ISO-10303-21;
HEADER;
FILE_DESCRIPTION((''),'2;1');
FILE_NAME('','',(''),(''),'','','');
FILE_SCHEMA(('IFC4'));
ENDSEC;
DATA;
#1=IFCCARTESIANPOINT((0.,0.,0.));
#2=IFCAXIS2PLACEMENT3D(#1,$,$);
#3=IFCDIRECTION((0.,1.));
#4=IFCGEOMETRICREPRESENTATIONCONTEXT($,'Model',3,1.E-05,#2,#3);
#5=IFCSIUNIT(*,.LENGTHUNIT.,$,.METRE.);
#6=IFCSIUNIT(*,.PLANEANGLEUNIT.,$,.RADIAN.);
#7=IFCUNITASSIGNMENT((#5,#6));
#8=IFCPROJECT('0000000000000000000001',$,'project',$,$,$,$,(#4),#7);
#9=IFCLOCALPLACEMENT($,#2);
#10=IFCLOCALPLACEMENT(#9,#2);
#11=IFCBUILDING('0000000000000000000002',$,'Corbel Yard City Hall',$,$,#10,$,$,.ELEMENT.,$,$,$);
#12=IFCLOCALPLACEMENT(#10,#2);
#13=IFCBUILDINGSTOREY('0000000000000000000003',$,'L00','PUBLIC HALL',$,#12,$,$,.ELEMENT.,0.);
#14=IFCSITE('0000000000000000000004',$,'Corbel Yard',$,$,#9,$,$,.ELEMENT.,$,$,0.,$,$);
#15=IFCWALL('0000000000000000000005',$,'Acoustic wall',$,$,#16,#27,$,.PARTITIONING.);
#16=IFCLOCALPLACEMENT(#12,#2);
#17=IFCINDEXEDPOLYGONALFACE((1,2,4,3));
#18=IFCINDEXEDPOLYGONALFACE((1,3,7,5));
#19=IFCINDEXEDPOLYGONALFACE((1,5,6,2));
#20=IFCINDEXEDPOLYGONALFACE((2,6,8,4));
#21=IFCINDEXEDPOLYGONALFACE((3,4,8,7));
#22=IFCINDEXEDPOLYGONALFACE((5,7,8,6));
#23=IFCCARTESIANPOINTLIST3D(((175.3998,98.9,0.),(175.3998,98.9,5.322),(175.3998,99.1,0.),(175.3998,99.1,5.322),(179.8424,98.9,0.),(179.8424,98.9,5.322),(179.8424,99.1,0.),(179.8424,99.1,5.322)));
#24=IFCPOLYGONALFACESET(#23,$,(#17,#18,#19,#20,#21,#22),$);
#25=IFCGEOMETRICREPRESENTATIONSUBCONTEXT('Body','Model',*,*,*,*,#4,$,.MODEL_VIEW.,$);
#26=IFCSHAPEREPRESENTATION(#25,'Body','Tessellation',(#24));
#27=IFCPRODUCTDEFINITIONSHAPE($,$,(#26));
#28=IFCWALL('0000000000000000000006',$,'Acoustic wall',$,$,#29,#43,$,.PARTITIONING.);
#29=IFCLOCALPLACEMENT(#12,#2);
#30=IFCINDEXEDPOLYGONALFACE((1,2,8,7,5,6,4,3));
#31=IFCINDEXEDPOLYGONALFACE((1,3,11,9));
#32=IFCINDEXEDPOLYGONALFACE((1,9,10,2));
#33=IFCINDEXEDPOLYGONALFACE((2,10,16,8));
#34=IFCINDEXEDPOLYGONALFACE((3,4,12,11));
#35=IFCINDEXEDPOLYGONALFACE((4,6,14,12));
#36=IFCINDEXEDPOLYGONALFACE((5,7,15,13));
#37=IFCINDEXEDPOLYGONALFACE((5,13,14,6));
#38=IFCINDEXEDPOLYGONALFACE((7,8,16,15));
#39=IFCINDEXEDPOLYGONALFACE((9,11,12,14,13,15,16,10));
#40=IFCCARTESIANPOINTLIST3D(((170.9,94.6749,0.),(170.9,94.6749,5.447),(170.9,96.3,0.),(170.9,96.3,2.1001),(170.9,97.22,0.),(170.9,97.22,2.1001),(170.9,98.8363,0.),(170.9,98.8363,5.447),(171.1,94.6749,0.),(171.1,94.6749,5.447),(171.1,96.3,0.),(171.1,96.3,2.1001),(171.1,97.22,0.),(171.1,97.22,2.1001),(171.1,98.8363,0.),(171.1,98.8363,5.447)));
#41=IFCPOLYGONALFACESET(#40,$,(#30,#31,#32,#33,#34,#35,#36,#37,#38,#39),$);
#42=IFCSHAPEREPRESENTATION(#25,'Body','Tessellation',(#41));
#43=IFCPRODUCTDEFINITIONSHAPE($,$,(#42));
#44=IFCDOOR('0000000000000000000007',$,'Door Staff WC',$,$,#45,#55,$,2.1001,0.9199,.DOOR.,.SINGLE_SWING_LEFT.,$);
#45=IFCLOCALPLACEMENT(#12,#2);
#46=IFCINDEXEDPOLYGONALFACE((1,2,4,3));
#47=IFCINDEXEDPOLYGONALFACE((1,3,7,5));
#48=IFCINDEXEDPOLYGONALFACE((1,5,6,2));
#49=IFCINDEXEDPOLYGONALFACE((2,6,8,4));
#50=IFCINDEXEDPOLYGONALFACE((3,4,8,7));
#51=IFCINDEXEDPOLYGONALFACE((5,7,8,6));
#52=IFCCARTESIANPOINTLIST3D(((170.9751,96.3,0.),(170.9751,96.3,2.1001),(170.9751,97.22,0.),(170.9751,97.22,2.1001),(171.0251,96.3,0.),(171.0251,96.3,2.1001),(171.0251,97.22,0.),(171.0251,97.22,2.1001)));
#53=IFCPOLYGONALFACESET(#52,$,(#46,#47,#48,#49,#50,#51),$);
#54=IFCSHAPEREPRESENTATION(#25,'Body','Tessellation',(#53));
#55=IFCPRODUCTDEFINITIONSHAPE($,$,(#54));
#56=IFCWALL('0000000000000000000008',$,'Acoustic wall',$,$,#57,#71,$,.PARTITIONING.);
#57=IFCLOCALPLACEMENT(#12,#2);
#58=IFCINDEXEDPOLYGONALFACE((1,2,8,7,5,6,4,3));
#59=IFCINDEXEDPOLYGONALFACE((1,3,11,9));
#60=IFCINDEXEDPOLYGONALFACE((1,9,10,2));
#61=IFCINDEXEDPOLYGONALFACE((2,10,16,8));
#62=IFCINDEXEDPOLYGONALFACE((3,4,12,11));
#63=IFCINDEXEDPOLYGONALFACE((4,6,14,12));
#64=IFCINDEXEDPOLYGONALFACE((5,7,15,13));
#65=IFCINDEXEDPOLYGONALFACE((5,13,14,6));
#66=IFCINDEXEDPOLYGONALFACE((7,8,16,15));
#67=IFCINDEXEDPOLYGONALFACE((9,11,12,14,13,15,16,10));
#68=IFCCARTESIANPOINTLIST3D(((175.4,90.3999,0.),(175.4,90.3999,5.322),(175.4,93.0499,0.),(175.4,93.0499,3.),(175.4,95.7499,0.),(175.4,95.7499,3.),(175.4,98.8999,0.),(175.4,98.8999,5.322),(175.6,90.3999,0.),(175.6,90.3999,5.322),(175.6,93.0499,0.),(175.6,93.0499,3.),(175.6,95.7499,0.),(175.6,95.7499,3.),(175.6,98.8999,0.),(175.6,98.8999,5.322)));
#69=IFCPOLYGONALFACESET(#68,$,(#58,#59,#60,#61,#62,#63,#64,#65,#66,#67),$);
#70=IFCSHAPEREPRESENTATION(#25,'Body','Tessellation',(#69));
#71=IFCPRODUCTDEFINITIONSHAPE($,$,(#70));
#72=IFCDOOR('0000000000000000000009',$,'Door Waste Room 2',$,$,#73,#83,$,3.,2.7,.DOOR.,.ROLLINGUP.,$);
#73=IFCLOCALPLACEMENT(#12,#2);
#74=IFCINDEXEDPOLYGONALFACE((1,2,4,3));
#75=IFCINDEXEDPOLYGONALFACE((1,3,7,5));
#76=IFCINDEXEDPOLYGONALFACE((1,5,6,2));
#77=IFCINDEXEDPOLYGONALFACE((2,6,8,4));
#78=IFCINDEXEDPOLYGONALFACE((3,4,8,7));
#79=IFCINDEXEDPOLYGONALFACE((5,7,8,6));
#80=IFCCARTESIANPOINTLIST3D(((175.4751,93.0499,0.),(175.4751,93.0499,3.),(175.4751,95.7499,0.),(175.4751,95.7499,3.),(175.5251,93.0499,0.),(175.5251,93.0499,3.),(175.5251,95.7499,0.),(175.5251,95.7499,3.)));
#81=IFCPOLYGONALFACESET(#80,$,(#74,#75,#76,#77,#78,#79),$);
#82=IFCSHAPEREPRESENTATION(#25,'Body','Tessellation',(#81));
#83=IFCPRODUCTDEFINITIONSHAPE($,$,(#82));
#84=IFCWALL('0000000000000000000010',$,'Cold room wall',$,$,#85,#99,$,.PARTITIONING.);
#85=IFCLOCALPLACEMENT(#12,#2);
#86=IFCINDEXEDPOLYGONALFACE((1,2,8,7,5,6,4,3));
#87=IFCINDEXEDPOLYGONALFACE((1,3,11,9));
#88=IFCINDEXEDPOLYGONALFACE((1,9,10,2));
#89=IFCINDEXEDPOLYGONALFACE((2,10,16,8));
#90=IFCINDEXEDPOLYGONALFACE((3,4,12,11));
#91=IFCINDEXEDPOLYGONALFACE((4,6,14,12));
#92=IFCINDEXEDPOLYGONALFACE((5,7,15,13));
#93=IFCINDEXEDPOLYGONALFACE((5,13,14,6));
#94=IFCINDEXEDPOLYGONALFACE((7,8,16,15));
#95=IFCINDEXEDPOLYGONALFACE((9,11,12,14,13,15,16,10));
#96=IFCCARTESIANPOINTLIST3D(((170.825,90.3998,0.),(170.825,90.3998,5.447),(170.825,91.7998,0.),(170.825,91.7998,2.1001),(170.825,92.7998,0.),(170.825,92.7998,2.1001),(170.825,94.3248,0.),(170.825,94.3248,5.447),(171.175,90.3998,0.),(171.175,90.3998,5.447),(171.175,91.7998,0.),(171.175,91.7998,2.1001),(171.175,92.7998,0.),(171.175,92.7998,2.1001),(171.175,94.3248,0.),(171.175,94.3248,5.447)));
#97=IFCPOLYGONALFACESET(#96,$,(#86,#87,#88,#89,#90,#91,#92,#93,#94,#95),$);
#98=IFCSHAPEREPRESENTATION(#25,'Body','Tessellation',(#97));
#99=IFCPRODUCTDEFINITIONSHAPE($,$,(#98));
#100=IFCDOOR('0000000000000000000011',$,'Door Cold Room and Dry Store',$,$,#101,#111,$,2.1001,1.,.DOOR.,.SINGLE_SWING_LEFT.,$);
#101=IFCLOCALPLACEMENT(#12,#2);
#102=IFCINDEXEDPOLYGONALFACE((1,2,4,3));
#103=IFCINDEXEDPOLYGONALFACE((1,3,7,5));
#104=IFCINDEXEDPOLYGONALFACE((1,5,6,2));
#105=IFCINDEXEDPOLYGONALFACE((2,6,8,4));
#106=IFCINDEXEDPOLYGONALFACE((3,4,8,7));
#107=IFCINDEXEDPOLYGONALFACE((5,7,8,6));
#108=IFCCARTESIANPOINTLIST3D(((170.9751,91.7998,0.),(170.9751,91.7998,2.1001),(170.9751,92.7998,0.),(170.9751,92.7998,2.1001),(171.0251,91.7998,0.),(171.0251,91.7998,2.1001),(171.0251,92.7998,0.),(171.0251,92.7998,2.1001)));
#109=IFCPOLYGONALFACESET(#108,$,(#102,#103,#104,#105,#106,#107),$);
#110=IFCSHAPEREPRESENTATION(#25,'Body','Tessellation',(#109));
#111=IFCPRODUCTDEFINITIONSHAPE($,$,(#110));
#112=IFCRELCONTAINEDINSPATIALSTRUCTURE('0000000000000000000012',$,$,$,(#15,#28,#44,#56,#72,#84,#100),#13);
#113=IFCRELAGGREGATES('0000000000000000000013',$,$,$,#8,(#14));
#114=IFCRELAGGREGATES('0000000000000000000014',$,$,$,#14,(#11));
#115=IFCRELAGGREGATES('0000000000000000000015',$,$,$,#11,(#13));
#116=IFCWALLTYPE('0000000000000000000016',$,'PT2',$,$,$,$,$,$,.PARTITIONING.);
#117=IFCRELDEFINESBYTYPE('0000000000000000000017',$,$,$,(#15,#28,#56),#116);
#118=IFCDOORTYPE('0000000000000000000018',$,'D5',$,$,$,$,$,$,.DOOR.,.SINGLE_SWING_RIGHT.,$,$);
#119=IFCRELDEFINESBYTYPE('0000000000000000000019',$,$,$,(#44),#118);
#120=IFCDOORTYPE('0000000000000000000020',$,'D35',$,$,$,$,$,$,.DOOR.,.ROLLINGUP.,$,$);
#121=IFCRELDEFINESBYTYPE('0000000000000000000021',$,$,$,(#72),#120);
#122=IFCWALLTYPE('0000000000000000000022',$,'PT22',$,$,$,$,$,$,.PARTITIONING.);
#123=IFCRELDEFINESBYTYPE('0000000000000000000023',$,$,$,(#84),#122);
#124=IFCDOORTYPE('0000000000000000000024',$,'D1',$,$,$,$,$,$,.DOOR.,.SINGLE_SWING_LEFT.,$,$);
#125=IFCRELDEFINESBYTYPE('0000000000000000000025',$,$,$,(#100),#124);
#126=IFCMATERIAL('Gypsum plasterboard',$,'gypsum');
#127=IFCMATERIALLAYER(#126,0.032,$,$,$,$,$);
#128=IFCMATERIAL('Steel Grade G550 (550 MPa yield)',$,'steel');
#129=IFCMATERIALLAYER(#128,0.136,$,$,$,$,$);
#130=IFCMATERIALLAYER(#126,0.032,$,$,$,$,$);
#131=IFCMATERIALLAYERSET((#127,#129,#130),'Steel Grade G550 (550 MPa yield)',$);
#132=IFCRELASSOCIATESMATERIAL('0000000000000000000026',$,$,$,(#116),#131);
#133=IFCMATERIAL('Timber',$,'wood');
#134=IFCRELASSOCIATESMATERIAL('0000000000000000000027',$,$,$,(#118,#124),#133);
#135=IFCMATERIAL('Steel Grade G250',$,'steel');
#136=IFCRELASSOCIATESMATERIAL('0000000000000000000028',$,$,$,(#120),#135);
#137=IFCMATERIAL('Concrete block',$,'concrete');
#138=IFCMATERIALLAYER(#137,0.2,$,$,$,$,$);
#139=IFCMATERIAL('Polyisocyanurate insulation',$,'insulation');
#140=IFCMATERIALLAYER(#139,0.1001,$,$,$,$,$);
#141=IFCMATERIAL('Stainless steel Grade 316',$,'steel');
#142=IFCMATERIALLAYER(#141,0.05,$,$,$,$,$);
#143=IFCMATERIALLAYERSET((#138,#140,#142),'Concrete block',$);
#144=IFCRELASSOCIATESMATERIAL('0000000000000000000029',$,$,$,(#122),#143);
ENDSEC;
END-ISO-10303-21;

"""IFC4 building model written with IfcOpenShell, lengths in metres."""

from ifc_helpers import new_model, si_unit, direction, frame, frame_2d, origin, place, context, subcontext, project, spatial, rectangle, extrude, material, layer, layer_set, type_object, element, fill, save


model = new_model("IFC4")

# Units and contexts
model_context = context("Model", 3, precision=1e-05, world=origin(), true_north=direction((0.0, 1.0)))
body_context = subcontext(model_context, "Body", "Model", "MODEL_VIEW")
ifc_project = project(units=[si_unit("LENGTHUNIT", "METRE"), si_unit("PLANEANGLEUNIT", "RADIAN")], contexts=[model_context])

# Site, building, storey
site_placement = place(None, origin())
site = spatial("IfcSite", under=ifc_project, at=site_placement, Name="Corbel Yard", CompositionType="ELEMENT", RefElevation=0.0)
building_placement = place(site_placement, origin())
building = spatial("IfcBuilding", under=site, at=building_placement, Name="Corbel Yard City Hall", CompositionType="ELEMENT")
storey_placement = place(building_placement, origin())
storey = spatial("IfcBuildingStorey", under=building, at=storey_placement, Name="L00", Description="PUBLIC HALL", CompositionType="ELEMENT", Elevation=0.0)

# Shared definitions
ifc_material_1 = material(Name="Concrete block", Category="concrete")
ifc_material_2 = material(Name="Gypsum plasterboard", Category="gypsum")

# Wall
ifc_layer_1 = layer(ifc_material_2, 0.032)
ifc_material_3 = material(Name="Steel Grade G550 (550 MPa yield)", Category="steel")
ifc_layer_2 = layer(ifc_material_3, 0.136)
ifc_layer_3 = layer(ifc_material_2, 0.032)
ifc_layer_set_1 = layer_set([ifc_layer_1, ifc_layer_2, ifc_layer_3], Name="Steel Grade G550 (550 MPa yield)")
wall_type_1 = type_object("IfcWallType", Name="PT2", PredefinedType="PARTITIONING", material=ifc_layer_set_1)
wall_1_placement = place(storey_placement, frame((175.3999, 99.0, 0.0), z_axis=(0.0, 0.0, 1.0), x_axis=(1.0, 0.0, 0.0)))
element("IfcWall", 1, at=wall_1_placement, inside=storey, type_object=wall_type_1, Name="Acoustic wall", PredefinedType="PARTITIONING", context=body_context, shape_type="SweptSolid", body=[
    extrude(rectangle(XDim=4.4426, YDim=0.2, at=frame_2d((2.2212, 0.0))), origin(), (0.0, 0.0, 1.0), 5.322),
])

# Walls, openings, doors
wall_2_placement = place(storey_placement, frame((171.0, 94.675, 0.0), z_axis=(0.0, 0.0, 1.0), x_axis=(0.0, 1.0, 0.0)))
wall_2 = element("IfcWall", 2, at=wall_2_placement, inside=storey, type_object=wall_type_1, Name="Acoustic wall", PredefinedType="PARTITIONING", context=body_context, shape_type="SweptSolid", body=[
    extrude(rectangle(XDim=4.1614, YDim=0.2, at=frame_2d((2.0806, 0.0))), origin(), (0.0, 0.0, 1.0), 5.447),
])
opening_1_placement = place(wall_2_placement, frame((1.625, 0.0, 0.0)))
opening_1 = element("IfcOpeningElement", 3, at=opening_1_placement, cuts=wall_2, PredefinedType="OPENING", context=body_context, shape_type="SweptSolid", body=[
    extrude(rectangle(XDim=0.9199, YDim=2.1001, at=frame_2d((0.46, 1.05))), frame((0.0, 0.1099, 0.0), z_axis=(0.0, -1.0, 0.0), x_axis=(1.0, 0.0, 0.0)), (0.0, 0.0, 1.0), 0.22),
])
ifc_material_4 = material(Name="Timber", Category="wood")
door_type_1 = type_object("IfcDoorType", Name="D5", OperationType="SINGLE_SWING_RIGHT", PredefinedType="DOOR", material=ifc_material_4)
door_1_placement = place(opening_1_placement, origin())
door_1 = element("IfcDoor", 4, at=door_1_placement, inside=storey, type_object=door_type_1, Name="Door Staff WC", OperationType="SINGLE_SWING_LEFT", OverallHeight=2.1001, OverallWidth=0.9199, PredefinedType="DOOR", context=body_context, shape_type="SweptSolid", body=[
    extrude(rectangle(XDim=0.9199, YDim=2.1001, at=frame_2d((0.46, 1.05))), frame((0.0, 0.0249, 0.0), z_axis=(0.0, -1.0, 0.0), x_axis=(1.0, 0.0, 0.0)), (0.0, 0.0, 1.0), 0.05),
])
fill(opening_1, door_1)
wall_3_placement = place(storey_placement, frame((175.5, 90.3999, 0.0), z_axis=(0.0, 0.0, 1.0), x_axis=(0.0, 1.0, 0.0)))
wall_3 = element("IfcWall", 5, at=wall_3_placement, inside=storey, type_object=wall_type_1, Name="Acoustic wall", PredefinedType="PARTITIONING", context=body_context, shape_type="SweptSolid", body=[
    extrude(rectangle(XDim=8.5, YDim=0.2, at=frame_2d((4.25, 0.0))), origin(), (0.0, 0.0, 1.0), 5.322),
])
opening_2_placement = place(wall_3_placement, frame((2.6499, 0.0, 0.0)))
opening_2 = element("IfcOpeningElement", 6, at=opening_2_placement, cuts=wall_3, PredefinedType="OPENING", context=body_context, shape_type="SweptSolid", body=[
    extrude(rectangle(XDim=2.7, YDim=3.0, at=frame_2d((1.3501, 1.5))), frame((0.0, 0.1099, 0.0), z_axis=(0.0, -1.0, 0.0), x_axis=(1.0, 0.0, 0.0)), (0.0, 0.0, 1.0), 0.22),
])
ifc_material_5 = material(Name="Steel Grade G250", Category="steel")
door_type_2 = type_object("IfcDoorType", Name="D35", OperationType="ROLLINGUP", PredefinedType="DOOR", material=ifc_material_5)
door_2_placement = place(opening_2_placement, origin())
door_2 = element("IfcDoor", 7, at=door_2_placement, inside=storey, type_object=door_type_2, Name="Door Waste Room 2", OperationType="ROLLINGUP", OverallHeight=3.0, OverallWidth=2.7, PredefinedType="DOOR", context=body_context, shape_type="SweptSolid", body=[
    extrude(rectangle(XDim=2.7, YDim=3.0, at=frame_2d((1.3501, 1.5))), frame((0.0, 0.0249, 0.0), z_axis=(0.0, -1.0, 0.0), x_axis=(1.0, 0.0, 0.0)), (0.0, 0.0, 1.0), 0.05),
])
fill(opening_2, door_2)
ifc_layer_4 = layer(ifc_material_1, 0.2)
ifc_material_6 = material(Name="Polyisocyanurate insulation", Category="insulation")
ifc_layer_5 = layer(ifc_material_6, 0.1001)
ifc_material_7 = material(Name="Stainless steel Grade 316", Category="steel")
ifc_layer_6 = layer(ifc_material_7, 0.05)
ifc_layer_set_2 = layer_set([ifc_layer_4, ifc_layer_5, ifc_layer_6], Name="Concrete block")
wall_type_2 = type_object("IfcWallType", Name="PT22", PredefinedType="PARTITIONING", material=ifc_layer_set_2)
wall_4_placement = place(storey_placement, frame((171.0, 90.3999, 0.0), z_axis=(0.0, 0.0, 1.0), x_axis=(0.0, 1.0, 0.0)))
wall_4 = element("IfcWall", 8, at=wall_4_placement, inside=storey, type_object=wall_type_2, Name="Cold room wall", PredefinedType="PARTITIONING", context=body_context, shape_type="SweptSolid", body=[
    extrude(rectangle(XDim=3.925, YDim=0.3501, at=frame_2d((1.9624, 0.0))), origin(), (0.0, 0.0, 1.0), 5.447),
])
opening_3_placement = place(wall_4_placement, frame((1.3999, 0.0, 0.0)))
opening_3 = element("IfcOpeningElement", 9, at=opening_3_placement, cuts=wall_4, PredefinedType="OPENING", context=body_context, shape_type="SweptSolid", body=[
    extrude(rectangle(XDim=1.0, YDim=2.1001, at=frame_2d((0.5, 1.05))), frame((0.0, 0.1851, 0.0), z_axis=(0.0, -1.0, 0.0), x_axis=(1.0, 0.0, 0.0)), (0.0, 0.0, 1.0), 0.3701),
])
door_type_3 = type_object("IfcDoorType", Name="D1", OperationType="SINGLE_SWING_LEFT", PredefinedType="DOOR", material=ifc_material_4)
door_3_placement = place(opening_3_placement, origin())
door_3 = element("IfcDoor", 10, at=door_3_placement, inside=storey, type_object=door_type_3, Name="Door Cold Room and Dry Store", OperationType="SINGLE_SWING_LEFT", OverallHeight=2.1001, OverallWidth=1.0, PredefinedType="DOOR", context=body_context, shape_type="SweptSolid", body=[
    extrude(rectangle(XDim=1.0, YDim=2.1001, at=frame_2d((0.5, 1.05))), frame((0.0, 0.0249, 0.0), z_axis=(0.0, -1.0, 0.0), x_axis=(1.0, 0.0, 0.0)), (0.0, 0.0, 1.0), 0.05),
])
fill(opening_3, door_3)

save(model, "model.ifc")
